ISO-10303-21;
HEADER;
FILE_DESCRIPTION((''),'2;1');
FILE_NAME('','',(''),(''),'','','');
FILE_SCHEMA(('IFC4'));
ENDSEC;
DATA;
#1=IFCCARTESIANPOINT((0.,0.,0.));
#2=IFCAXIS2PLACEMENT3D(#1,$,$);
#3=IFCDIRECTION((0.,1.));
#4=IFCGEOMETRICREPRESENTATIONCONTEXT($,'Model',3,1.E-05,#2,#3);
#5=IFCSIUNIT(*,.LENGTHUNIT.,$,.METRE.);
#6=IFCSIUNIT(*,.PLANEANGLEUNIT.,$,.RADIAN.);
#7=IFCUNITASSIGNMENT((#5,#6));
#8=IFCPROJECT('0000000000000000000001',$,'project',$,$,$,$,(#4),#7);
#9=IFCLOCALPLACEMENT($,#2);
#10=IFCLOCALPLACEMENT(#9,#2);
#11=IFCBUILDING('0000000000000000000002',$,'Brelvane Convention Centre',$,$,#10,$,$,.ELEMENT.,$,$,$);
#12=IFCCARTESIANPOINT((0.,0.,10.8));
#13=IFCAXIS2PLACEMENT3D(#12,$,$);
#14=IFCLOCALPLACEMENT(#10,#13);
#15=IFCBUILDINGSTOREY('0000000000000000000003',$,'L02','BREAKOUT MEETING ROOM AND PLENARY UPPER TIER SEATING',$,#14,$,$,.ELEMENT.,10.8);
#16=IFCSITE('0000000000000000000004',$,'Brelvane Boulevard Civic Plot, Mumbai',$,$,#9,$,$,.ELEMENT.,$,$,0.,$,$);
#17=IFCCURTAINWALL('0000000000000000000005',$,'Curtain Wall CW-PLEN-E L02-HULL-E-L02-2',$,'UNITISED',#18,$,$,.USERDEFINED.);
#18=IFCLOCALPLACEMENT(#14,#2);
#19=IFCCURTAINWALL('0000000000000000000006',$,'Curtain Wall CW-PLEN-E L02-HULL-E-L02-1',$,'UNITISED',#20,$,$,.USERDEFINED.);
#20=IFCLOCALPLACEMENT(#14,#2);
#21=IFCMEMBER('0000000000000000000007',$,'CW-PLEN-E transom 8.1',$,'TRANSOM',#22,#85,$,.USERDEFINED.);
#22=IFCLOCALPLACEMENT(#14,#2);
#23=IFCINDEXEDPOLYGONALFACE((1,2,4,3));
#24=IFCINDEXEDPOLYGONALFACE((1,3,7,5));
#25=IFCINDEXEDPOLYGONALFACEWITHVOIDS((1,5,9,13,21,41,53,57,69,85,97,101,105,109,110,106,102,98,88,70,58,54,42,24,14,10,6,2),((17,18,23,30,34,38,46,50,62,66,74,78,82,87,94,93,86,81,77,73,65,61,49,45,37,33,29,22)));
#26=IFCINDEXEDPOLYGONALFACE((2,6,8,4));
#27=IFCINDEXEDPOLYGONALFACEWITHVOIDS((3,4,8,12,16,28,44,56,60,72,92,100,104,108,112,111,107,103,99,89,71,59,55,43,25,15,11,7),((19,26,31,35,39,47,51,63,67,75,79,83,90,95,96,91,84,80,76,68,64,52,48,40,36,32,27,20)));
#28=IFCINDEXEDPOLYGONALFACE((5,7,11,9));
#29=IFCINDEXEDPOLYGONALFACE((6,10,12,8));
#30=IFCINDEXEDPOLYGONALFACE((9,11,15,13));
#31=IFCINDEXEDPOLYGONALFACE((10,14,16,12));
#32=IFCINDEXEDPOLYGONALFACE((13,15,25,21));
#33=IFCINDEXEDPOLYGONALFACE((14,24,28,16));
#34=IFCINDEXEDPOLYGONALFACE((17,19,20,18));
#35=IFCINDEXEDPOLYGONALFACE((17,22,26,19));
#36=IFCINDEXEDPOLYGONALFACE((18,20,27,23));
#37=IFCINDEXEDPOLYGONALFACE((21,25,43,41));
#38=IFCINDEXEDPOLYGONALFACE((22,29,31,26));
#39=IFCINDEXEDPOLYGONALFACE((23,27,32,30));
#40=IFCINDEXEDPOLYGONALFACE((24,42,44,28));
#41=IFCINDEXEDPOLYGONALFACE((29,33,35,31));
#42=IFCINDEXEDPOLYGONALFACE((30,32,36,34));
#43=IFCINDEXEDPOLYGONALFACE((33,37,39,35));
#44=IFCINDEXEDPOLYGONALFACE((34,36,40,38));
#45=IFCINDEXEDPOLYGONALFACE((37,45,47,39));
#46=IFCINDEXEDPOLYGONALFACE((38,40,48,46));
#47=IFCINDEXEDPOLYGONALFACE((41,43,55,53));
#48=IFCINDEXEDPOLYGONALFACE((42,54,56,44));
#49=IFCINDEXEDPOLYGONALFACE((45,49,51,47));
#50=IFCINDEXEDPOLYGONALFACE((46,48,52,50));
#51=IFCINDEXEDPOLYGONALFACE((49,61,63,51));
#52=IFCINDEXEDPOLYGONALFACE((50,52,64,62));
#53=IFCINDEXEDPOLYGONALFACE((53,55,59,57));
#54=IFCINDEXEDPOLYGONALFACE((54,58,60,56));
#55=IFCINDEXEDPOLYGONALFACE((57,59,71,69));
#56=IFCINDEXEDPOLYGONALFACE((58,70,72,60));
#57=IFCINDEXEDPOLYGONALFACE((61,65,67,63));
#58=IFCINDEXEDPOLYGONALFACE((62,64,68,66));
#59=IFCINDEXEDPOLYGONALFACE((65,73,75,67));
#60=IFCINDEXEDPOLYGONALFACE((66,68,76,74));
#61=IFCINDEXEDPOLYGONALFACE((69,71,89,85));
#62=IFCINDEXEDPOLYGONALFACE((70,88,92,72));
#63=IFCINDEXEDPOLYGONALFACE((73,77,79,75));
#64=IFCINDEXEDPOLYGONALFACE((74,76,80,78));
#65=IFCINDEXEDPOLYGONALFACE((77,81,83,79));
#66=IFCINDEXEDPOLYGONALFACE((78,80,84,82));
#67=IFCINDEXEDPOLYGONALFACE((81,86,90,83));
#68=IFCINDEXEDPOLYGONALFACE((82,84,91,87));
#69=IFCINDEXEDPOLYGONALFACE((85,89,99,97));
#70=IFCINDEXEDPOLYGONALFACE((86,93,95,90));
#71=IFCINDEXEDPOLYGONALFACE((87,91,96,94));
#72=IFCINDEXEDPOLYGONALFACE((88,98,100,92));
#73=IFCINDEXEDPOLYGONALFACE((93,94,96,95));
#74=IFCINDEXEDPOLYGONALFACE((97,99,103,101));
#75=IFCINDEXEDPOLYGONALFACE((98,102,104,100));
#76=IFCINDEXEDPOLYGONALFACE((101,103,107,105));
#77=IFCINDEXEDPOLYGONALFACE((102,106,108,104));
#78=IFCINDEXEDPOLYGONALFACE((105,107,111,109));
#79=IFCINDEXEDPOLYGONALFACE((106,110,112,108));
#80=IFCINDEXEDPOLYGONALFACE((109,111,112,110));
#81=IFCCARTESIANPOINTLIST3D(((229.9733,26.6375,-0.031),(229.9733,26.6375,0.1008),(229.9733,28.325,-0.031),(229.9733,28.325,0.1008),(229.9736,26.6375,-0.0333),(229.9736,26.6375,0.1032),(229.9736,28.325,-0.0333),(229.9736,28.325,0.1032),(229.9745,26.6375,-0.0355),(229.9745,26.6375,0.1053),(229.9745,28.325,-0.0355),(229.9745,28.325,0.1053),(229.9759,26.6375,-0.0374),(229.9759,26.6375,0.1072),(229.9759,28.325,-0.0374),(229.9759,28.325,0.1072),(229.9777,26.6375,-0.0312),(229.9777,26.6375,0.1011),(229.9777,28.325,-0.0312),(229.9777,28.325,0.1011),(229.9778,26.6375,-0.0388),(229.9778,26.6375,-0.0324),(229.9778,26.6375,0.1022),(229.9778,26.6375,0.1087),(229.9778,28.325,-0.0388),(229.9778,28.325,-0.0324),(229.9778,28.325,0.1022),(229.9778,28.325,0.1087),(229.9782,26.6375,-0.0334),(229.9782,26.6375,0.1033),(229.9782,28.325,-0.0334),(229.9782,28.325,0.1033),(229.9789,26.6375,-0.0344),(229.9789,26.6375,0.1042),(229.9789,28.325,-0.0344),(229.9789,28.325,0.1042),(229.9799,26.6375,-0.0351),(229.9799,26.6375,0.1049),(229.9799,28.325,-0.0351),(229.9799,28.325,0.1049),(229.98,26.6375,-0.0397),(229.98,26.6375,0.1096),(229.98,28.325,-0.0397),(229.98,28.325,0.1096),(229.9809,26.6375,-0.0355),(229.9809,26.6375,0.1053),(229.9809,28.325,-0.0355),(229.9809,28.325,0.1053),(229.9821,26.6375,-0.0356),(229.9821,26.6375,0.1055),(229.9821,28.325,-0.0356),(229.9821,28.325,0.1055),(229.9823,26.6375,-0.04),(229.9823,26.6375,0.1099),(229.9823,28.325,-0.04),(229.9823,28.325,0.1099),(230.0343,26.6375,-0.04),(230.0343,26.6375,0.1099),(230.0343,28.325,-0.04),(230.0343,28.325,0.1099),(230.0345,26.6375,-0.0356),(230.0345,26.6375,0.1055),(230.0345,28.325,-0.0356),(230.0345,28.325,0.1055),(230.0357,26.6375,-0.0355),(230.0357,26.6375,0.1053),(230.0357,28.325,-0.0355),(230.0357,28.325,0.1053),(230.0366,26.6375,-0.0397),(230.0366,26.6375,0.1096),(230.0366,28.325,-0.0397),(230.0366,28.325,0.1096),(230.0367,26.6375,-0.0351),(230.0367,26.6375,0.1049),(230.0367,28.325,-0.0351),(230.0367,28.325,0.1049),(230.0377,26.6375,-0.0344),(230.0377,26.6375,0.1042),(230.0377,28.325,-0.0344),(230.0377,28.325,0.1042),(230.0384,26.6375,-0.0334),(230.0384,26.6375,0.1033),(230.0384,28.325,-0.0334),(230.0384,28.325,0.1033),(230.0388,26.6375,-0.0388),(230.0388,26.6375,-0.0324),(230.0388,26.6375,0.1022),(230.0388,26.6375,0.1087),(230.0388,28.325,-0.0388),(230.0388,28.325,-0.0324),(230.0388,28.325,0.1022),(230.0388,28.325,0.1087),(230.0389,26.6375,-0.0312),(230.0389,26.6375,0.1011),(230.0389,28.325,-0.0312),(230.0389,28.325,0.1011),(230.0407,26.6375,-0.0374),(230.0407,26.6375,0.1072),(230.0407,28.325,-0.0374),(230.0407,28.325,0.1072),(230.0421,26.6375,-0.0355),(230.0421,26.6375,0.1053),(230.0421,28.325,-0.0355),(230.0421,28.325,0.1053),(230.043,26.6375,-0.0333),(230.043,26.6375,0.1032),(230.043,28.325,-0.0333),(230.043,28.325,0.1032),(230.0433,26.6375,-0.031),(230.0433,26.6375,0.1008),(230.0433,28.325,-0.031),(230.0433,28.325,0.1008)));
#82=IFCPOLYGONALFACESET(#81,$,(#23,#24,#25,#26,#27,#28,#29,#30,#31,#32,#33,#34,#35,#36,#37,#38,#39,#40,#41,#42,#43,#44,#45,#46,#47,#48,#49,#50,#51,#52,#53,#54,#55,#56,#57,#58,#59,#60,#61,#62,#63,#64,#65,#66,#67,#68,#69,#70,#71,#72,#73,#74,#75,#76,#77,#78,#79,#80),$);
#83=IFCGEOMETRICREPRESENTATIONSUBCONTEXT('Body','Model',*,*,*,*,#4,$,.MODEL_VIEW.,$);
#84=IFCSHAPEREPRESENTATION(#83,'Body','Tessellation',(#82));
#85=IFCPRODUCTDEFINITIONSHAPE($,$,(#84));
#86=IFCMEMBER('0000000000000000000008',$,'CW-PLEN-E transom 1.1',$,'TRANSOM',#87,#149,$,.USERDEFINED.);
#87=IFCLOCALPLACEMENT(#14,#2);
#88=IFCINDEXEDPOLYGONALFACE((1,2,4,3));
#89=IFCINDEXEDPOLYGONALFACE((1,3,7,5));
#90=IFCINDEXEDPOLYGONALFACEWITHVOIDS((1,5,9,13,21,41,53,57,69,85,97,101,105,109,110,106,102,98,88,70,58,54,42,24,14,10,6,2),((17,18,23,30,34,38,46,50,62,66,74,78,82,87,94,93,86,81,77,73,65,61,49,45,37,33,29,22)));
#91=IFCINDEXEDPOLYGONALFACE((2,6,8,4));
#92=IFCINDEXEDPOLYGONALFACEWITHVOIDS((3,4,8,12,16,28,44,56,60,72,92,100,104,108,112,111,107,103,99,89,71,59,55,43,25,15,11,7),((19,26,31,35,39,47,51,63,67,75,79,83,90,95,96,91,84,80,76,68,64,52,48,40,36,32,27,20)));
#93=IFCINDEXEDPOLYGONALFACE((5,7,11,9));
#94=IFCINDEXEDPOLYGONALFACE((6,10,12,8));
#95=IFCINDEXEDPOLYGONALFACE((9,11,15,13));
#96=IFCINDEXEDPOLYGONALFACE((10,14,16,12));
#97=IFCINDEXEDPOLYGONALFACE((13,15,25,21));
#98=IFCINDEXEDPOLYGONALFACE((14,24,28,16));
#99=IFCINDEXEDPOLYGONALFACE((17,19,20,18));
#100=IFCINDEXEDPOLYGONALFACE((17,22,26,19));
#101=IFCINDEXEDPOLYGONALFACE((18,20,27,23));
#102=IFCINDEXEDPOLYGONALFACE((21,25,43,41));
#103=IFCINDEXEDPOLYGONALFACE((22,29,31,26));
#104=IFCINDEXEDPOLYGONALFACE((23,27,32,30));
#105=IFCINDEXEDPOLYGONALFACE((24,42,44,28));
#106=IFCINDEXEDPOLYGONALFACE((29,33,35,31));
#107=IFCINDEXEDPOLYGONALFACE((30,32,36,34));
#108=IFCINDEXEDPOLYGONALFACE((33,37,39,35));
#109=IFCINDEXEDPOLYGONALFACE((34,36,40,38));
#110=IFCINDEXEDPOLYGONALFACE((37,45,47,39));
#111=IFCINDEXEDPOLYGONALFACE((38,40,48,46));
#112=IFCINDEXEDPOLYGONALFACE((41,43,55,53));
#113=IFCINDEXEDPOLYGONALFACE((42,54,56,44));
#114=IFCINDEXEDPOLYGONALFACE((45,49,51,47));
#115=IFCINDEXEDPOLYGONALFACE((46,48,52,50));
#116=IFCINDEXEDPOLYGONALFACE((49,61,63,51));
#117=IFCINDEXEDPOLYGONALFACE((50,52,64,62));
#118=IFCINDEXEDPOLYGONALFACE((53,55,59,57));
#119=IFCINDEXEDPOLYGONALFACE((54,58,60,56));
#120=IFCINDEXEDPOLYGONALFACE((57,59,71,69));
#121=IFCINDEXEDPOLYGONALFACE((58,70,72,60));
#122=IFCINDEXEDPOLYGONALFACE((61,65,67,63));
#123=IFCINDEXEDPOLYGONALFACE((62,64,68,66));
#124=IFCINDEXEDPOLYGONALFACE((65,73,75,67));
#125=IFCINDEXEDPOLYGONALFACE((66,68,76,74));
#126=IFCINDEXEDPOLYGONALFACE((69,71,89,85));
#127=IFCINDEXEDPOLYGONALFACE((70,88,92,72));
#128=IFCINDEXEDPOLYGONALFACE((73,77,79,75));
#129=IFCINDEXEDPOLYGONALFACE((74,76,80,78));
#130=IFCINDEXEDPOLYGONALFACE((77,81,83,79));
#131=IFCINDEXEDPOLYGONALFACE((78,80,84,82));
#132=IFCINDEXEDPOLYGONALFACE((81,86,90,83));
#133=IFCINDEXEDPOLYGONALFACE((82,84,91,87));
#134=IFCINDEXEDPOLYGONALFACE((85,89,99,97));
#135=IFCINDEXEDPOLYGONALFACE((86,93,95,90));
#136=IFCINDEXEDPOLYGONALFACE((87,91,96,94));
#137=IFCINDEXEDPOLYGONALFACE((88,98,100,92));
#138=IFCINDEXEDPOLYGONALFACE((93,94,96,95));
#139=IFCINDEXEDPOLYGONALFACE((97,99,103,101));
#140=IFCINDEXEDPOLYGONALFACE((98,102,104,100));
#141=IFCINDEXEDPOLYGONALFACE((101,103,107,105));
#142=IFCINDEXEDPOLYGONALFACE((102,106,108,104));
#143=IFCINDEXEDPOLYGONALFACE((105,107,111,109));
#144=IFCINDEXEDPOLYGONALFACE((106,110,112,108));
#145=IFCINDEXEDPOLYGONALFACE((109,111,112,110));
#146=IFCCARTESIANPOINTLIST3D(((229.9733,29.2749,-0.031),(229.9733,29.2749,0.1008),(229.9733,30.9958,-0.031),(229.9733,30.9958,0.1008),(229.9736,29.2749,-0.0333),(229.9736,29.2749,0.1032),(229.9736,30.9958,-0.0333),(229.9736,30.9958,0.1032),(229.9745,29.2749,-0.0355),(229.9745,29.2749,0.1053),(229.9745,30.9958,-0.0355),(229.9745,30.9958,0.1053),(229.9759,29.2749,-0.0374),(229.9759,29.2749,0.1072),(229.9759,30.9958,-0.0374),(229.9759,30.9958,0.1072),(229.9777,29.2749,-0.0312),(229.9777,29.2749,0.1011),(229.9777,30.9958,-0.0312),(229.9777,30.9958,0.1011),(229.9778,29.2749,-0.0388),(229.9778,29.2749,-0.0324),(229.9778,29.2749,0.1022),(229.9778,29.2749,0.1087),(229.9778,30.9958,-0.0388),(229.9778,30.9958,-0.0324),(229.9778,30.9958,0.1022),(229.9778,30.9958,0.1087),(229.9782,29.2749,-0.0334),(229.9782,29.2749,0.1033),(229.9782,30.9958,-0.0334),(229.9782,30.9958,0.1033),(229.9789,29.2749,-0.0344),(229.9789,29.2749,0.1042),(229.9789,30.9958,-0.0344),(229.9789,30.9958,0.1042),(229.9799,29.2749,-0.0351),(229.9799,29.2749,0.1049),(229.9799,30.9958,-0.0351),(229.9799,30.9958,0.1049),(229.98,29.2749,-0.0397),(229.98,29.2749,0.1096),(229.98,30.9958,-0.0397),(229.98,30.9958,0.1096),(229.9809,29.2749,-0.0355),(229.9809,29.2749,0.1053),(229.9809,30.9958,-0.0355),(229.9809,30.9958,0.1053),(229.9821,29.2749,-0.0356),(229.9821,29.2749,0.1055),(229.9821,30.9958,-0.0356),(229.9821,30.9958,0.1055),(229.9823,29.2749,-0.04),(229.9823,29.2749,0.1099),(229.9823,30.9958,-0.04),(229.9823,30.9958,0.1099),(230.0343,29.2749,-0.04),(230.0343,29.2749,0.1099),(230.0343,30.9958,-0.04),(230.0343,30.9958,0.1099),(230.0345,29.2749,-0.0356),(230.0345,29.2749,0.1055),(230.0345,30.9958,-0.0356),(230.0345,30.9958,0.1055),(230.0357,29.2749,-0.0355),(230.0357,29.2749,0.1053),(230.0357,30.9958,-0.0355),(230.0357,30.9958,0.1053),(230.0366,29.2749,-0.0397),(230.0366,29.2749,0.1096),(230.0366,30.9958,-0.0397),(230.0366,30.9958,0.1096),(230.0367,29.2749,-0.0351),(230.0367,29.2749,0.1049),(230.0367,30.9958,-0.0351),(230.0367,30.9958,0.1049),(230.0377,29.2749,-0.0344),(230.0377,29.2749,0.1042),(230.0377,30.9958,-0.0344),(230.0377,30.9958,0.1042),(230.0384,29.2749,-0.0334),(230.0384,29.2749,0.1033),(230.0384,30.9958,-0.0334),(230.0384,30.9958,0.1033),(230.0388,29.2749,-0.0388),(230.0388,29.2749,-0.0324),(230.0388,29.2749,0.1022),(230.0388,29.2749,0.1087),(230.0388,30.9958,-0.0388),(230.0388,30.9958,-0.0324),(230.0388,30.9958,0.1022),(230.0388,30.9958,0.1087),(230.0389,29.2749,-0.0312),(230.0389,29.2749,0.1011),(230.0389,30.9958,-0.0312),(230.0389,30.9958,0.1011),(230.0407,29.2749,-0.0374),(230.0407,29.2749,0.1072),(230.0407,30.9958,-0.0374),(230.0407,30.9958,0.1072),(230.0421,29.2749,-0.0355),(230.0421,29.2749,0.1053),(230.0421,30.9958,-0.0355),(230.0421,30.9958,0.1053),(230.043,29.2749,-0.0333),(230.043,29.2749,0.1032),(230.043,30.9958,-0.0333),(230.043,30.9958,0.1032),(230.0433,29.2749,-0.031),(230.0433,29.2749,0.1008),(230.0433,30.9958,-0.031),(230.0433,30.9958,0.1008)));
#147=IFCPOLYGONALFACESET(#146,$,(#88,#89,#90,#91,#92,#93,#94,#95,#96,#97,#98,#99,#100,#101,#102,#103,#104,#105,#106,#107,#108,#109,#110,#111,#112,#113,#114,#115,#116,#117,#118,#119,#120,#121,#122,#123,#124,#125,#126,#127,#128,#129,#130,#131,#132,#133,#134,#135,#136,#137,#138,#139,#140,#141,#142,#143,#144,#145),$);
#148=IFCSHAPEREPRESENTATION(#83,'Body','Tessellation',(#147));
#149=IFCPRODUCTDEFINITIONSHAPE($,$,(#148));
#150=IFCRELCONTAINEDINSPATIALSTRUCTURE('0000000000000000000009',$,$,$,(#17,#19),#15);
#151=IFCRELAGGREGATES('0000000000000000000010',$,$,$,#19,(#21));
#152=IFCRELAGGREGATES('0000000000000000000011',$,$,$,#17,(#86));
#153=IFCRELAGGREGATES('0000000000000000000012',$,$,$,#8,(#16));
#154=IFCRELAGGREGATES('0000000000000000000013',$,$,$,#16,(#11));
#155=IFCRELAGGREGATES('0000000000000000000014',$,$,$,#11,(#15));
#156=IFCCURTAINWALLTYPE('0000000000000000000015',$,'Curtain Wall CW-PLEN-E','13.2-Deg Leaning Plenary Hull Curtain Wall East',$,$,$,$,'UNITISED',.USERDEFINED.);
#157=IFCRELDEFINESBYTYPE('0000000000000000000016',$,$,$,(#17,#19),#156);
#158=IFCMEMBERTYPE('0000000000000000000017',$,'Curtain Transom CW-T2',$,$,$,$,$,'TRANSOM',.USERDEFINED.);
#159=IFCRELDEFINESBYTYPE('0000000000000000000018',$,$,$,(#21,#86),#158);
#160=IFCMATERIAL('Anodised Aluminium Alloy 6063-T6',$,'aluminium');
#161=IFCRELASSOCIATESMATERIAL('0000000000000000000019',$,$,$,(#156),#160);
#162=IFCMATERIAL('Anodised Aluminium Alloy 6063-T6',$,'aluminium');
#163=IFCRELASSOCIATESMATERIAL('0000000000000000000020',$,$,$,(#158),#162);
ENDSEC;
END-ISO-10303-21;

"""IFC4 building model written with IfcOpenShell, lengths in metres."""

from ifc_helpers import new_model, si_unit, direction, frame, origin, origin_2d, place, context, subcontext, project, spatial, hollow_rectangle, extrude, material, material_profile, profile_set, type_object, element, aggregate, save


model = new_model("IFC4")

# Units and contexts
model_context = context("Model", 3, precision=1e-05, world=origin(), true_north=direction((0.0, 1.0)))
body_context = subcontext(model_context, "Body", "Model", "MODEL_VIEW")
ifc_project = project(units=[si_unit("LENGTHUNIT", "METRE"), si_unit("PLANEANGLEUNIT", "RADIAN")], contexts=[model_context])

# Site, building, storey
site_placement = place(None, origin())
site = spatial("IfcSite", under=ifc_project, at=site_placement, Name="Brelvane Boulevard Civic Plot, Mumbai", CompositionType="ELEMENT", RefElevation=0.0)
building_placement = place(site_placement, origin())
building = spatial("IfcBuilding", under=site, at=building_placement, Name="Brelvane Convention Centre", CompositionType="ELEMENT")
storey_placement = place(building_placement, frame((0.0, 0.0, 10.8)))
storey = spatial("IfcBuildingStorey", under=building, at=storey_placement, Name="L02", Description="BREAKOUT MEETING ROOM AND PLENARY UPPER TIER SEATING", CompositionType="ELEMENT", Elevation=10.8)

# Curtain walls, member
ifc_material_1 = material(Name="Anodised Aluminium Alloy 6063-T6", Category="aluminium")
curtain_wall_type = type_object("IfcCurtainWallType", Name="Curtain Wall CW-PLEN-E", Description="13.2-Deg Leaning Plenary Hull Curtain Wall East", ElementType="UNITISED", PredefinedType="USERDEFINED", material=ifc_material_1)
curtain_wall_1_placement = place(storey_placement, origin())
curtain_wall_1 = element("IfcCurtainWall", 1, at=curtain_wall_1_placement, inside=storey, type_object=curtain_wall_type, Name="Curtain Wall CW-PLEN-E L02-HULL-E-L02-2", ObjectType="UNITISED", PredefinedType="USERDEFINED")
curtain_wall_2_placement = place(storey_placement, origin())
curtain_wall_2 = element("IfcCurtainWall", 2, at=curtain_wall_2_placement, inside=storey, type_object=curtain_wall_type, Name="Curtain Wall CW-PLEN-E L02-HULL-E-L02-1", ObjectType="UNITISED", PredefinedType="USERDEFINED")
ifc_material_2 = material(Name="Anodised Aluminium Alloy 6063-T6", Category="aluminium")
ifc_material_profile_1 = material_profile(ifc_material_2, hollow_rectangle(XDim=0.0701, YDim=0.1499, WallThickness=0.0044, InnerFilletRadius=0.0044, OuterFilletRadius=0.009, at=origin_2d()), Name="ALU-T 150x70x4.5")
ifc_profile_set_1 = profile_set([ifc_material_profile_1], Name="Anodised Aluminium Alloy 6063-T6")
member_type_1 = type_object("IfcMemberType", Name="Curtain Transom CW-T2", ElementType="TRANSOM", PredefinedType="USERDEFINED", material=ifc_profile_set_1)
member_1_placement = place(storey_placement, frame((230.0083, 26.6375, 0.0349), z_axis=(0.0, 1.0, 0.0), x_axis=(-1.0, 0.0, 0.0)))
member_1 = element("IfcMember", 3, at=member_1_placement, type_object=member_type_1, Name="CW-PLEN-E transom 8.1", ObjectType="TRANSOM", PredefinedType="USERDEFINED", context=body_context, shape_type="SweptSolid", body=[
    extrude(hollow_rectangle(XDim=0.0701, YDim=0.1499, WallThickness=0.0044, InnerFilletRadius=0.0044, OuterFilletRadius=0.009, at=origin_2d()), origin(), (0.0, 0.0, 1.0), 1.6875),
])

# Member
member_2_placement = place(storey_placement, frame((230.0083, 29.2749, 0.0349), z_axis=(0.0, 1.0, 0.0), x_axis=(-1.0, 0.0, 0.0)))
member_2 = element("IfcMember", 4, at=member_2_placement, type_object=member_type_1, Name="CW-PLEN-E transom 1.1", ObjectType="TRANSOM", PredefinedType="USERDEFINED", context=body_context, shape_type="SweptSolid", body=[
    extrude(hollow_rectangle(XDim=0.0701, YDim=0.1499, WallThickness=0.0044, InnerFilletRadius=0.0044, OuterFilletRadius=0.009, at=origin_2d()), origin(), (0.0, 0.0, 1.0), 1.7209),
])

aggregate(curtain_wall_2, [member_1])
aggregate(curtain_wall_1, [member_2])

save(model, "model.ifc")
